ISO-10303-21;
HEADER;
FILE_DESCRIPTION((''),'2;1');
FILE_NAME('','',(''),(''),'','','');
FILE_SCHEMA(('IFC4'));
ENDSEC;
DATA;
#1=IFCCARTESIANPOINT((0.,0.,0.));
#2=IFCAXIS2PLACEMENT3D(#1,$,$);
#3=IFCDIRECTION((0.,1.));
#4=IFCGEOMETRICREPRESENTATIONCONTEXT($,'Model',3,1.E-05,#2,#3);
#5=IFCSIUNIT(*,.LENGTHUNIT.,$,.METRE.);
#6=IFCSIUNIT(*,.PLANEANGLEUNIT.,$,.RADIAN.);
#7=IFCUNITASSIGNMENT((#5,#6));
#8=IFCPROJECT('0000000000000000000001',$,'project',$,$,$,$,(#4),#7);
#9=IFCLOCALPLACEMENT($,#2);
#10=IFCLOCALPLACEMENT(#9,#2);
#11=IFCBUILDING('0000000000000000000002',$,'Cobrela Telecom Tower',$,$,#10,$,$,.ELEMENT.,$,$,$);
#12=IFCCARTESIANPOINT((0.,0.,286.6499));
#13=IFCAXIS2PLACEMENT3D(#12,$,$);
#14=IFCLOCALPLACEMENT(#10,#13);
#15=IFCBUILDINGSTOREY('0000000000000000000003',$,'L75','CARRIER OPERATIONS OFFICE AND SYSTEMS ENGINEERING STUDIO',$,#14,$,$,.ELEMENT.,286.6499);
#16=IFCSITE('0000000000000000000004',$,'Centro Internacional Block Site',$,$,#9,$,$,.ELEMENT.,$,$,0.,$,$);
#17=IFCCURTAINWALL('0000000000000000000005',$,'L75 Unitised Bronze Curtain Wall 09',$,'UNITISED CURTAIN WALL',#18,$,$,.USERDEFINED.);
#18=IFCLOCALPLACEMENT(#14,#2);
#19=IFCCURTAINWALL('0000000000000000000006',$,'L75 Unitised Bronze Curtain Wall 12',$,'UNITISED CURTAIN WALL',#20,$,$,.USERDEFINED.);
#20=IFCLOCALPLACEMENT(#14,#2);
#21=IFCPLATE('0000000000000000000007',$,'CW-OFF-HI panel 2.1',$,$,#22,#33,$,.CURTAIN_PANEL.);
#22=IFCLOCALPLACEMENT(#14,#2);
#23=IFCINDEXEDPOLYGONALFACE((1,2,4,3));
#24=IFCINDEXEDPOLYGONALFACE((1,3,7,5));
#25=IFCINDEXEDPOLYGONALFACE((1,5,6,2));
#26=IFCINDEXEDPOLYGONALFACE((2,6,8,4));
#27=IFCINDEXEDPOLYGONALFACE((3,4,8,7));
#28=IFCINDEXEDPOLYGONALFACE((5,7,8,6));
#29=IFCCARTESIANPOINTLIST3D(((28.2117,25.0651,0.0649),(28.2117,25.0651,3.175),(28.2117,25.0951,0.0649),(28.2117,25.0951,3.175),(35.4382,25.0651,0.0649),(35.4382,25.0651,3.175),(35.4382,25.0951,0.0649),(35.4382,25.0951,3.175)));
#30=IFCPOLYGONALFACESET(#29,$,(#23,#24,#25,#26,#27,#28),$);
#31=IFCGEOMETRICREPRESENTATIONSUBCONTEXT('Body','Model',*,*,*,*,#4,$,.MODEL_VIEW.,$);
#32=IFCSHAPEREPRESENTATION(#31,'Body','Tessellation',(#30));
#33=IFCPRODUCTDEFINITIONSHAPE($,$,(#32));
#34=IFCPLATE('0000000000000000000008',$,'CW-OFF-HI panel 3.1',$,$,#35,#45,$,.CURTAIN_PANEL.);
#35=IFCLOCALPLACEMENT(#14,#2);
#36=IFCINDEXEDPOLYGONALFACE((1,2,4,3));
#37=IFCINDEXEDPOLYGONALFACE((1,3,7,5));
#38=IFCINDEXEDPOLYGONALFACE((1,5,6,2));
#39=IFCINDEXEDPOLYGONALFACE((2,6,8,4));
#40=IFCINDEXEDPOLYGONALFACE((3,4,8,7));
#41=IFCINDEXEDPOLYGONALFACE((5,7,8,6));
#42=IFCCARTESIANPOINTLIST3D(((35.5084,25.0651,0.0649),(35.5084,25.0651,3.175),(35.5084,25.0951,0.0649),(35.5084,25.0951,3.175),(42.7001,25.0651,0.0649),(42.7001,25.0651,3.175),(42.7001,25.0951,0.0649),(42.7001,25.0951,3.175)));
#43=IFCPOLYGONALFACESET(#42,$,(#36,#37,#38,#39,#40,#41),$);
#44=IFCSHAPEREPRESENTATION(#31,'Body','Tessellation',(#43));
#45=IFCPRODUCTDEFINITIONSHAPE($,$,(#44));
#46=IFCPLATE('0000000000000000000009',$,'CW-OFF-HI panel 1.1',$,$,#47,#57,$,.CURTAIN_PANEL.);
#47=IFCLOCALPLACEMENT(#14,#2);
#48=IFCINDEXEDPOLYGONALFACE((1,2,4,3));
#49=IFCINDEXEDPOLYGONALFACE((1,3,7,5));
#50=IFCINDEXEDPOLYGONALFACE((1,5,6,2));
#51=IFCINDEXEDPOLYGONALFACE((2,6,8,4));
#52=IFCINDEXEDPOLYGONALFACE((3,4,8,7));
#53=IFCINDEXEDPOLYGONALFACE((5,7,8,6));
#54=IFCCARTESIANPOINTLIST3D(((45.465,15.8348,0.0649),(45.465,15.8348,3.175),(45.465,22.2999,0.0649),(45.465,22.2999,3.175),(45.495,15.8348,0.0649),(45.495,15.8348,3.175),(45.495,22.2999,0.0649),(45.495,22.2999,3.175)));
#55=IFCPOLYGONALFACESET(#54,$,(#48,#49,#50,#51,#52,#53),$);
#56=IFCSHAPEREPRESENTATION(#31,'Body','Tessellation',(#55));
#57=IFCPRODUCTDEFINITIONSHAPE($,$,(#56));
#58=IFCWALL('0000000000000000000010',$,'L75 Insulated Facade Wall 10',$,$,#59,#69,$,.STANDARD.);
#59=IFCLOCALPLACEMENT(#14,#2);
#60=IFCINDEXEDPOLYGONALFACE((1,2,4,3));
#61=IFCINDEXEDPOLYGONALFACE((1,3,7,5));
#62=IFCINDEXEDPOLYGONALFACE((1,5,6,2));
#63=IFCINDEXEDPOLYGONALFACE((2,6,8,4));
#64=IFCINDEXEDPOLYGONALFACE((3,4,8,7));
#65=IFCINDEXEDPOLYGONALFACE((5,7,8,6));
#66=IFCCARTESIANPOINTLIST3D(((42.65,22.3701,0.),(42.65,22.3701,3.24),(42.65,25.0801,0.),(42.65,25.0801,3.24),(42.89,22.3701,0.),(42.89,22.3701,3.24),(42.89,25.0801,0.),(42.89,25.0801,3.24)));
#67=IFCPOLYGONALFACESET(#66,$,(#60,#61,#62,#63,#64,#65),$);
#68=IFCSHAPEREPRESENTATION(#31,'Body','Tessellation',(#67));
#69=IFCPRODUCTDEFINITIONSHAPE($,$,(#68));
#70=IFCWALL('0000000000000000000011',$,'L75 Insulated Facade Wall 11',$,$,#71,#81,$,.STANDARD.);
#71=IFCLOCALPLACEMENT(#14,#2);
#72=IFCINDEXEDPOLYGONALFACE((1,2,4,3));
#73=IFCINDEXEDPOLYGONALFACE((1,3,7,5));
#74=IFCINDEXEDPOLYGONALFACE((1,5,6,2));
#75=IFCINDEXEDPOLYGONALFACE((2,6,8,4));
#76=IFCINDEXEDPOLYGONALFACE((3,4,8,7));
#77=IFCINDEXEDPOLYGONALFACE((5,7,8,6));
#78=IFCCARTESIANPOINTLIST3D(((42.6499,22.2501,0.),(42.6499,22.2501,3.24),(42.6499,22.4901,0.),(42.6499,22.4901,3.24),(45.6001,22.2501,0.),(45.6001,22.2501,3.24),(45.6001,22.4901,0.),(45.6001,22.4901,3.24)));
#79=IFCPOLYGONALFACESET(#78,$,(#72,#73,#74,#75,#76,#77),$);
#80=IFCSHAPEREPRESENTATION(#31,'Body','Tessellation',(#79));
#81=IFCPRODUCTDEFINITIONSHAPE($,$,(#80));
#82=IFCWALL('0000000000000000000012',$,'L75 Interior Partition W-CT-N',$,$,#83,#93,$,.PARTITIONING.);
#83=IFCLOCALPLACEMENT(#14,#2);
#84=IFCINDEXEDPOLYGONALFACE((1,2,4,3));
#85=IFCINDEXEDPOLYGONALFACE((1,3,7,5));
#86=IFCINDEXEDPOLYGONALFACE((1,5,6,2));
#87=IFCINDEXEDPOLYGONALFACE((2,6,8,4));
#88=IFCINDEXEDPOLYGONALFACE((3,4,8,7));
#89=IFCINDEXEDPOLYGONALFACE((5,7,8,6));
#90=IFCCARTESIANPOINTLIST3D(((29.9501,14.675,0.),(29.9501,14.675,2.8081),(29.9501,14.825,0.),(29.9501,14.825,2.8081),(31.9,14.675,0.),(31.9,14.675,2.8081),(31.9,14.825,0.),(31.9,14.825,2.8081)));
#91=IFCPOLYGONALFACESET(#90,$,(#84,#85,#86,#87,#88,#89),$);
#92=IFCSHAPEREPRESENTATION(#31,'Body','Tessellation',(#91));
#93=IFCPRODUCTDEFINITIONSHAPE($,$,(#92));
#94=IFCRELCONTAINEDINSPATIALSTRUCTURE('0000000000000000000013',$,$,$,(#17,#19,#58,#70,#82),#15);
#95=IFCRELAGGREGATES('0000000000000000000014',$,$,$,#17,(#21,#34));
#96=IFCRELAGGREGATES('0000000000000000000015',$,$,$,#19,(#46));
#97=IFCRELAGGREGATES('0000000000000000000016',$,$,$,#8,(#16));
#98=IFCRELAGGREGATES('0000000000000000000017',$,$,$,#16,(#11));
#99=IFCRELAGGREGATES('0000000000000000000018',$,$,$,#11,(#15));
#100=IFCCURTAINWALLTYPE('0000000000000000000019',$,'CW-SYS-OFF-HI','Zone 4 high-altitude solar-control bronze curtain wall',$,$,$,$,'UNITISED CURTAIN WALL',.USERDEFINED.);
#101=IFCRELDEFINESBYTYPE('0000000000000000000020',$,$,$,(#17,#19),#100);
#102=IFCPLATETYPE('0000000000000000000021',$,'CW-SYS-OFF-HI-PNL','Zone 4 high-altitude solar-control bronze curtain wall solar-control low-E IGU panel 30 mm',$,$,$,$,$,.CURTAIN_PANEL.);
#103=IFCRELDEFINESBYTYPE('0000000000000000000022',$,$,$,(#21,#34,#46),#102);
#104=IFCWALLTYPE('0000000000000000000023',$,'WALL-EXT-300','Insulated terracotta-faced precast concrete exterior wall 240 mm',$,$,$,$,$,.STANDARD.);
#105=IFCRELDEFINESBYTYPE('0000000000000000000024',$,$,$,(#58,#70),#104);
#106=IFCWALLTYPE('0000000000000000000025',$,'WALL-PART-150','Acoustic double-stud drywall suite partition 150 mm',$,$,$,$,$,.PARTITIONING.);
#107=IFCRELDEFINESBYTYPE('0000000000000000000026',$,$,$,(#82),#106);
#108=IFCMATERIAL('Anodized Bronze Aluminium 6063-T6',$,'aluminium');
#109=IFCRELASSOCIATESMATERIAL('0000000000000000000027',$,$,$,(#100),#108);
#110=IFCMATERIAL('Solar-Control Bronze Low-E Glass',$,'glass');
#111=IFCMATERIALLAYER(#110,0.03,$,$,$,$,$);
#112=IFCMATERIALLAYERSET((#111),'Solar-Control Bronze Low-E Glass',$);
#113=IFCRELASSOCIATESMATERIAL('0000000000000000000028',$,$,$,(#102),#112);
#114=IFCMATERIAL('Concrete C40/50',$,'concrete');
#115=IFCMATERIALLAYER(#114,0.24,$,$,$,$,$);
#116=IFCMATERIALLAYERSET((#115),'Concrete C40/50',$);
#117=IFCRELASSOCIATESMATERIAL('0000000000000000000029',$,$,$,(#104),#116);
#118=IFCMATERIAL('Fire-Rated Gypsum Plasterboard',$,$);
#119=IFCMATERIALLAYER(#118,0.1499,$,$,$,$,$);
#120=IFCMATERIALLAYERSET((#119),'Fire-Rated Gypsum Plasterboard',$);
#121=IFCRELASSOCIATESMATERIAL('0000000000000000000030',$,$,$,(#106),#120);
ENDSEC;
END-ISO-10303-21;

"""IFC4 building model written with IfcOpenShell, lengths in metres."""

from ifc_helpers import new_model, si_unit, direction, frame, frame_2d, origin, origin_2d, place, context, subcontext, project, spatial, rectangle, extrude, material, layer, layer_set, type_object, element, aggregate, save


model = new_model("IFC4")

# Units and contexts
model_context = context("Model", 3, precision=1e-05, world=origin(), true_north=direction((0.0, 1.0)))
body_context = subcontext(model_context, "Body", "Model", "MODEL_VIEW")
ifc_project = project(units=[si_unit("LENGTHUNIT", "METRE"), si_unit("PLANEANGLEUNIT", "RADIAN")], contexts=[model_context])

# Site, building, storey
site_placement = place(None, origin())
site = spatial("IfcSite", under=ifc_project, at=site_placement, Name="Centro Internacional Block Site", CompositionType="ELEMENT", RefElevation=0.0)
building_placement = place(site_placement, origin())
building = spatial("IfcBuilding", under=site, at=building_placement, Name="Cobrela Telecom Tower", CompositionType="ELEMENT")
storey_placement = place(building_placement, frame((0.0, 0.0, 286.6499)))
storey = spatial("IfcBuildingStorey", under=building, at=storey_placement, Name="L75", Description="CARRIER OPERATIONS OFFICE AND SYSTEMS ENGINEERING STUDIO", CompositionType="ELEMENT", Elevation=286.6499)

# Curtain walls
ifc_material_1 = material(Name="Anodized Bronze Aluminium 6063-T6", Category="aluminium")
curtain_wall_type = type_object("IfcCurtainWallType", Name="CW-SYS-OFF-HI", Description="Zone 4 high-altitude solar-control bronze curtain wall", ElementType="UNITISED CURTAIN WALL", PredefinedType="USERDEFINED", material=ifc_material_1)
curtain_wall_1_placement = place(storey_placement, origin())
curtain_wall_1 = element("IfcCurtainWall", 1, at=curtain_wall_1_placement, inside=storey, type_object=curtain_wall_type, Name="L75 Unitised Bronze Curtain Wall 09", ObjectType="UNITISED CURTAIN WALL", PredefinedType="USERDEFINED")
curtain_wall_2_placement = place(storey_placement, origin())
curtain_wall_2 = element("IfcCurtainWall", 2, at=curtain_wall_2_placement, inside=storey, type_object=curtain_wall_type, Name="L75 Unitised Bronze Curtain Wall 12", ObjectType="UNITISED CURTAIN WALL", PredefinedType="USERDEFINED")

# Plates
ifc_material_2 = material(Name="Solar-Control Bronze Low-E Glass", Category="glass")
ifc_layer_1 = layer(ifc_material_2, 0.03)
ifc_layer_set_1 = layer_set([ifc_layer_1], Name="Solar-Control Bronze Low-E Glass")
plate_type = type_object("IfcPlateType", Name="CW-SYS-OFF-HI-PNL", Description="Zone 4 high-altitude solar-control bronze curtain wall solar-control low-E IGU panel 30 mm", PredefinedType="CURTAIN_PANEL", material=ifc_layer_set_1)
plate_1_placement = place(storey_placement, frame((31.825, 25.0801, 0.0649), z_axis=(0.0, 0.0, 1.0), x_axis=(1.0, 0.0, 0.0)))
plate_1 = element("IfcPlate", 3, at=plate_1_placement, type_object=plate_type, Name="CW-OFF-HI panel 2.1", PredefinedType="CURTAIN_PANEL", context=body_context, shape_type="SweptSolid", body=[
    extrude(rectangle(XDim=7.2266, YDim=0.03, at=origin_2d()), origin(), (0.0, 0.0, 1.0), 3.1101),
])
plate_2_placement = place(storey_placement, frame((39.1042, 25.0801, 0.0649), z_axis=(0.0, 0.0, 1.0), x_axis=(1.0, 0.0, 0.0)))
plate_2 = element("IfcPlate", 4, at=plate_2_placement, type_object=plate_type, Name="CW-OFF-HI panel 3.1", PredefinedType="CURTAIN_PANEL", context=body_context, shape_type="SweptSolid", body=[
    extrude(rectangle(XDim=7.1917, YDim=0.03, at=origin_2d()), origin(), (0.0, 0.0, 1.0), 3.1101),
])
aggregate(curtain_wall_1, [plate_1, plate_2])
plate_3_placement = place(storey_placement, frame((45.48, 19.0674, 0.0649), z_axis=(0.0, 0.0, 1.0), x_axis=(0.0, -1.0, 0.0)))
plate_3 = element("IfcPlate", 5, at=plate_3_placement, type_object=plate_type, Name="CW-OFF-HI panel 1.1", PredefinedType="CURTAIN_PANEL", context=body_context, shape_type="SweptSolid", body=[
    extrude(rectangle(XDim=6.4651, YDim=0.03, at=origin_2d()), origin(), (0.0, 0.0, 1.0), 3.1101),
])
aggregate(curtain_wall_2, [plate_3])

# Walls
ifc_material_3 = material(Name="Concrete C40/50", Category="concrete")
ifc_layer_2 = layer(ifc_material_3, 0.24)
ifc_layer_set_2 = layer_set([ifc_layer_2], Name="Concrete C40/50")
wall_type_1 = type_object("IfcWallType", Name="WALL-EXT-300", Description="Insulated terracotta-faced precast concrete exterior wall 240 mm", PredefinedType="STANDARD", material=ifc_layer_set_2)
wall_1_placement = place(storey_placement, frame((42.77, 25.0801, 0.0), z_axis=(0.0, 0.0, 1.0), x_axis=(0.0, -1.0, 0.0)))
element("IfcWall", 6, at=wall_1_placement, inside=storey, type_object=wall_type_1, Name="L75 Insulated Facade Wall 10", PredefinedType="STANDARD", context=body_context, shape_type="SweptSolid", body=[
    extrude(rectangle(XDim=2.71, YDim=0.24, at=frame_2d((1.355, 0.0))), origin(), (0.0, 0.0, 1.0), 3.24),
])
wall_2_placement = place(storey_placement, frame((42.6499, 22.3701, 0.0), z_axis=(0.0, 0.0, 1.0), x_axis=(1.0, 0.0, 0.0)))
element("IfcWall", 7, at=wall_2_placement, inside=storey, type_object=wall_type_1, Name="L75 Insulated Facade Wall 11", PredefinedType="STANDARD", context=body_context, shape_type="SweptSolid", body=[
    extrude(rectangle(XDim=2.9502, YDim=0.24, at=frame_2d((1.4751, 0.0))), origin(), (0.0, 0.0, 1.0), 3.24),
])
ifc_material_4 = material(Name="Fire-Rated Gypsum Plasterboard")
ifc_layer_3 = layer(ifc_material_4, 0.1499)
ifc_layer_set_3 = layer_set([ifc_layer_3], Name="Fire-Rated Gypsum Plasterboard")
wall_type_2 = type_object("IfcWallType", Name="WALL-PART-150", Description="Acoustic double-stud drywall suite partition 150 mm", PredefinedType="PARTITIONING", material=ifc_layer_set_3)
wall_3_placement = place(storey_placement, frame((29.95, 14.75, 0.0), z_axis=(0.0, 0.0, 1.0), x_axis=(1.0, 0.0, 0.0)))
element("IfcWall", 8, at=wall_3_placement, inside=storey, type_object=wall_type_2, Name="L75 Interior Partition W-CT-N", PredefinedType="PARTITIONING", context=body_context, shape_type="SweptSolid", body=[
    extrude(rectangle(XDim=1.95, YDim=0.1499, at=frame_2d((0.9751, 0.0))), origin(), (0.0, 0.0, 1.0), 2.8081),
])

save(model, "model.ifc")
